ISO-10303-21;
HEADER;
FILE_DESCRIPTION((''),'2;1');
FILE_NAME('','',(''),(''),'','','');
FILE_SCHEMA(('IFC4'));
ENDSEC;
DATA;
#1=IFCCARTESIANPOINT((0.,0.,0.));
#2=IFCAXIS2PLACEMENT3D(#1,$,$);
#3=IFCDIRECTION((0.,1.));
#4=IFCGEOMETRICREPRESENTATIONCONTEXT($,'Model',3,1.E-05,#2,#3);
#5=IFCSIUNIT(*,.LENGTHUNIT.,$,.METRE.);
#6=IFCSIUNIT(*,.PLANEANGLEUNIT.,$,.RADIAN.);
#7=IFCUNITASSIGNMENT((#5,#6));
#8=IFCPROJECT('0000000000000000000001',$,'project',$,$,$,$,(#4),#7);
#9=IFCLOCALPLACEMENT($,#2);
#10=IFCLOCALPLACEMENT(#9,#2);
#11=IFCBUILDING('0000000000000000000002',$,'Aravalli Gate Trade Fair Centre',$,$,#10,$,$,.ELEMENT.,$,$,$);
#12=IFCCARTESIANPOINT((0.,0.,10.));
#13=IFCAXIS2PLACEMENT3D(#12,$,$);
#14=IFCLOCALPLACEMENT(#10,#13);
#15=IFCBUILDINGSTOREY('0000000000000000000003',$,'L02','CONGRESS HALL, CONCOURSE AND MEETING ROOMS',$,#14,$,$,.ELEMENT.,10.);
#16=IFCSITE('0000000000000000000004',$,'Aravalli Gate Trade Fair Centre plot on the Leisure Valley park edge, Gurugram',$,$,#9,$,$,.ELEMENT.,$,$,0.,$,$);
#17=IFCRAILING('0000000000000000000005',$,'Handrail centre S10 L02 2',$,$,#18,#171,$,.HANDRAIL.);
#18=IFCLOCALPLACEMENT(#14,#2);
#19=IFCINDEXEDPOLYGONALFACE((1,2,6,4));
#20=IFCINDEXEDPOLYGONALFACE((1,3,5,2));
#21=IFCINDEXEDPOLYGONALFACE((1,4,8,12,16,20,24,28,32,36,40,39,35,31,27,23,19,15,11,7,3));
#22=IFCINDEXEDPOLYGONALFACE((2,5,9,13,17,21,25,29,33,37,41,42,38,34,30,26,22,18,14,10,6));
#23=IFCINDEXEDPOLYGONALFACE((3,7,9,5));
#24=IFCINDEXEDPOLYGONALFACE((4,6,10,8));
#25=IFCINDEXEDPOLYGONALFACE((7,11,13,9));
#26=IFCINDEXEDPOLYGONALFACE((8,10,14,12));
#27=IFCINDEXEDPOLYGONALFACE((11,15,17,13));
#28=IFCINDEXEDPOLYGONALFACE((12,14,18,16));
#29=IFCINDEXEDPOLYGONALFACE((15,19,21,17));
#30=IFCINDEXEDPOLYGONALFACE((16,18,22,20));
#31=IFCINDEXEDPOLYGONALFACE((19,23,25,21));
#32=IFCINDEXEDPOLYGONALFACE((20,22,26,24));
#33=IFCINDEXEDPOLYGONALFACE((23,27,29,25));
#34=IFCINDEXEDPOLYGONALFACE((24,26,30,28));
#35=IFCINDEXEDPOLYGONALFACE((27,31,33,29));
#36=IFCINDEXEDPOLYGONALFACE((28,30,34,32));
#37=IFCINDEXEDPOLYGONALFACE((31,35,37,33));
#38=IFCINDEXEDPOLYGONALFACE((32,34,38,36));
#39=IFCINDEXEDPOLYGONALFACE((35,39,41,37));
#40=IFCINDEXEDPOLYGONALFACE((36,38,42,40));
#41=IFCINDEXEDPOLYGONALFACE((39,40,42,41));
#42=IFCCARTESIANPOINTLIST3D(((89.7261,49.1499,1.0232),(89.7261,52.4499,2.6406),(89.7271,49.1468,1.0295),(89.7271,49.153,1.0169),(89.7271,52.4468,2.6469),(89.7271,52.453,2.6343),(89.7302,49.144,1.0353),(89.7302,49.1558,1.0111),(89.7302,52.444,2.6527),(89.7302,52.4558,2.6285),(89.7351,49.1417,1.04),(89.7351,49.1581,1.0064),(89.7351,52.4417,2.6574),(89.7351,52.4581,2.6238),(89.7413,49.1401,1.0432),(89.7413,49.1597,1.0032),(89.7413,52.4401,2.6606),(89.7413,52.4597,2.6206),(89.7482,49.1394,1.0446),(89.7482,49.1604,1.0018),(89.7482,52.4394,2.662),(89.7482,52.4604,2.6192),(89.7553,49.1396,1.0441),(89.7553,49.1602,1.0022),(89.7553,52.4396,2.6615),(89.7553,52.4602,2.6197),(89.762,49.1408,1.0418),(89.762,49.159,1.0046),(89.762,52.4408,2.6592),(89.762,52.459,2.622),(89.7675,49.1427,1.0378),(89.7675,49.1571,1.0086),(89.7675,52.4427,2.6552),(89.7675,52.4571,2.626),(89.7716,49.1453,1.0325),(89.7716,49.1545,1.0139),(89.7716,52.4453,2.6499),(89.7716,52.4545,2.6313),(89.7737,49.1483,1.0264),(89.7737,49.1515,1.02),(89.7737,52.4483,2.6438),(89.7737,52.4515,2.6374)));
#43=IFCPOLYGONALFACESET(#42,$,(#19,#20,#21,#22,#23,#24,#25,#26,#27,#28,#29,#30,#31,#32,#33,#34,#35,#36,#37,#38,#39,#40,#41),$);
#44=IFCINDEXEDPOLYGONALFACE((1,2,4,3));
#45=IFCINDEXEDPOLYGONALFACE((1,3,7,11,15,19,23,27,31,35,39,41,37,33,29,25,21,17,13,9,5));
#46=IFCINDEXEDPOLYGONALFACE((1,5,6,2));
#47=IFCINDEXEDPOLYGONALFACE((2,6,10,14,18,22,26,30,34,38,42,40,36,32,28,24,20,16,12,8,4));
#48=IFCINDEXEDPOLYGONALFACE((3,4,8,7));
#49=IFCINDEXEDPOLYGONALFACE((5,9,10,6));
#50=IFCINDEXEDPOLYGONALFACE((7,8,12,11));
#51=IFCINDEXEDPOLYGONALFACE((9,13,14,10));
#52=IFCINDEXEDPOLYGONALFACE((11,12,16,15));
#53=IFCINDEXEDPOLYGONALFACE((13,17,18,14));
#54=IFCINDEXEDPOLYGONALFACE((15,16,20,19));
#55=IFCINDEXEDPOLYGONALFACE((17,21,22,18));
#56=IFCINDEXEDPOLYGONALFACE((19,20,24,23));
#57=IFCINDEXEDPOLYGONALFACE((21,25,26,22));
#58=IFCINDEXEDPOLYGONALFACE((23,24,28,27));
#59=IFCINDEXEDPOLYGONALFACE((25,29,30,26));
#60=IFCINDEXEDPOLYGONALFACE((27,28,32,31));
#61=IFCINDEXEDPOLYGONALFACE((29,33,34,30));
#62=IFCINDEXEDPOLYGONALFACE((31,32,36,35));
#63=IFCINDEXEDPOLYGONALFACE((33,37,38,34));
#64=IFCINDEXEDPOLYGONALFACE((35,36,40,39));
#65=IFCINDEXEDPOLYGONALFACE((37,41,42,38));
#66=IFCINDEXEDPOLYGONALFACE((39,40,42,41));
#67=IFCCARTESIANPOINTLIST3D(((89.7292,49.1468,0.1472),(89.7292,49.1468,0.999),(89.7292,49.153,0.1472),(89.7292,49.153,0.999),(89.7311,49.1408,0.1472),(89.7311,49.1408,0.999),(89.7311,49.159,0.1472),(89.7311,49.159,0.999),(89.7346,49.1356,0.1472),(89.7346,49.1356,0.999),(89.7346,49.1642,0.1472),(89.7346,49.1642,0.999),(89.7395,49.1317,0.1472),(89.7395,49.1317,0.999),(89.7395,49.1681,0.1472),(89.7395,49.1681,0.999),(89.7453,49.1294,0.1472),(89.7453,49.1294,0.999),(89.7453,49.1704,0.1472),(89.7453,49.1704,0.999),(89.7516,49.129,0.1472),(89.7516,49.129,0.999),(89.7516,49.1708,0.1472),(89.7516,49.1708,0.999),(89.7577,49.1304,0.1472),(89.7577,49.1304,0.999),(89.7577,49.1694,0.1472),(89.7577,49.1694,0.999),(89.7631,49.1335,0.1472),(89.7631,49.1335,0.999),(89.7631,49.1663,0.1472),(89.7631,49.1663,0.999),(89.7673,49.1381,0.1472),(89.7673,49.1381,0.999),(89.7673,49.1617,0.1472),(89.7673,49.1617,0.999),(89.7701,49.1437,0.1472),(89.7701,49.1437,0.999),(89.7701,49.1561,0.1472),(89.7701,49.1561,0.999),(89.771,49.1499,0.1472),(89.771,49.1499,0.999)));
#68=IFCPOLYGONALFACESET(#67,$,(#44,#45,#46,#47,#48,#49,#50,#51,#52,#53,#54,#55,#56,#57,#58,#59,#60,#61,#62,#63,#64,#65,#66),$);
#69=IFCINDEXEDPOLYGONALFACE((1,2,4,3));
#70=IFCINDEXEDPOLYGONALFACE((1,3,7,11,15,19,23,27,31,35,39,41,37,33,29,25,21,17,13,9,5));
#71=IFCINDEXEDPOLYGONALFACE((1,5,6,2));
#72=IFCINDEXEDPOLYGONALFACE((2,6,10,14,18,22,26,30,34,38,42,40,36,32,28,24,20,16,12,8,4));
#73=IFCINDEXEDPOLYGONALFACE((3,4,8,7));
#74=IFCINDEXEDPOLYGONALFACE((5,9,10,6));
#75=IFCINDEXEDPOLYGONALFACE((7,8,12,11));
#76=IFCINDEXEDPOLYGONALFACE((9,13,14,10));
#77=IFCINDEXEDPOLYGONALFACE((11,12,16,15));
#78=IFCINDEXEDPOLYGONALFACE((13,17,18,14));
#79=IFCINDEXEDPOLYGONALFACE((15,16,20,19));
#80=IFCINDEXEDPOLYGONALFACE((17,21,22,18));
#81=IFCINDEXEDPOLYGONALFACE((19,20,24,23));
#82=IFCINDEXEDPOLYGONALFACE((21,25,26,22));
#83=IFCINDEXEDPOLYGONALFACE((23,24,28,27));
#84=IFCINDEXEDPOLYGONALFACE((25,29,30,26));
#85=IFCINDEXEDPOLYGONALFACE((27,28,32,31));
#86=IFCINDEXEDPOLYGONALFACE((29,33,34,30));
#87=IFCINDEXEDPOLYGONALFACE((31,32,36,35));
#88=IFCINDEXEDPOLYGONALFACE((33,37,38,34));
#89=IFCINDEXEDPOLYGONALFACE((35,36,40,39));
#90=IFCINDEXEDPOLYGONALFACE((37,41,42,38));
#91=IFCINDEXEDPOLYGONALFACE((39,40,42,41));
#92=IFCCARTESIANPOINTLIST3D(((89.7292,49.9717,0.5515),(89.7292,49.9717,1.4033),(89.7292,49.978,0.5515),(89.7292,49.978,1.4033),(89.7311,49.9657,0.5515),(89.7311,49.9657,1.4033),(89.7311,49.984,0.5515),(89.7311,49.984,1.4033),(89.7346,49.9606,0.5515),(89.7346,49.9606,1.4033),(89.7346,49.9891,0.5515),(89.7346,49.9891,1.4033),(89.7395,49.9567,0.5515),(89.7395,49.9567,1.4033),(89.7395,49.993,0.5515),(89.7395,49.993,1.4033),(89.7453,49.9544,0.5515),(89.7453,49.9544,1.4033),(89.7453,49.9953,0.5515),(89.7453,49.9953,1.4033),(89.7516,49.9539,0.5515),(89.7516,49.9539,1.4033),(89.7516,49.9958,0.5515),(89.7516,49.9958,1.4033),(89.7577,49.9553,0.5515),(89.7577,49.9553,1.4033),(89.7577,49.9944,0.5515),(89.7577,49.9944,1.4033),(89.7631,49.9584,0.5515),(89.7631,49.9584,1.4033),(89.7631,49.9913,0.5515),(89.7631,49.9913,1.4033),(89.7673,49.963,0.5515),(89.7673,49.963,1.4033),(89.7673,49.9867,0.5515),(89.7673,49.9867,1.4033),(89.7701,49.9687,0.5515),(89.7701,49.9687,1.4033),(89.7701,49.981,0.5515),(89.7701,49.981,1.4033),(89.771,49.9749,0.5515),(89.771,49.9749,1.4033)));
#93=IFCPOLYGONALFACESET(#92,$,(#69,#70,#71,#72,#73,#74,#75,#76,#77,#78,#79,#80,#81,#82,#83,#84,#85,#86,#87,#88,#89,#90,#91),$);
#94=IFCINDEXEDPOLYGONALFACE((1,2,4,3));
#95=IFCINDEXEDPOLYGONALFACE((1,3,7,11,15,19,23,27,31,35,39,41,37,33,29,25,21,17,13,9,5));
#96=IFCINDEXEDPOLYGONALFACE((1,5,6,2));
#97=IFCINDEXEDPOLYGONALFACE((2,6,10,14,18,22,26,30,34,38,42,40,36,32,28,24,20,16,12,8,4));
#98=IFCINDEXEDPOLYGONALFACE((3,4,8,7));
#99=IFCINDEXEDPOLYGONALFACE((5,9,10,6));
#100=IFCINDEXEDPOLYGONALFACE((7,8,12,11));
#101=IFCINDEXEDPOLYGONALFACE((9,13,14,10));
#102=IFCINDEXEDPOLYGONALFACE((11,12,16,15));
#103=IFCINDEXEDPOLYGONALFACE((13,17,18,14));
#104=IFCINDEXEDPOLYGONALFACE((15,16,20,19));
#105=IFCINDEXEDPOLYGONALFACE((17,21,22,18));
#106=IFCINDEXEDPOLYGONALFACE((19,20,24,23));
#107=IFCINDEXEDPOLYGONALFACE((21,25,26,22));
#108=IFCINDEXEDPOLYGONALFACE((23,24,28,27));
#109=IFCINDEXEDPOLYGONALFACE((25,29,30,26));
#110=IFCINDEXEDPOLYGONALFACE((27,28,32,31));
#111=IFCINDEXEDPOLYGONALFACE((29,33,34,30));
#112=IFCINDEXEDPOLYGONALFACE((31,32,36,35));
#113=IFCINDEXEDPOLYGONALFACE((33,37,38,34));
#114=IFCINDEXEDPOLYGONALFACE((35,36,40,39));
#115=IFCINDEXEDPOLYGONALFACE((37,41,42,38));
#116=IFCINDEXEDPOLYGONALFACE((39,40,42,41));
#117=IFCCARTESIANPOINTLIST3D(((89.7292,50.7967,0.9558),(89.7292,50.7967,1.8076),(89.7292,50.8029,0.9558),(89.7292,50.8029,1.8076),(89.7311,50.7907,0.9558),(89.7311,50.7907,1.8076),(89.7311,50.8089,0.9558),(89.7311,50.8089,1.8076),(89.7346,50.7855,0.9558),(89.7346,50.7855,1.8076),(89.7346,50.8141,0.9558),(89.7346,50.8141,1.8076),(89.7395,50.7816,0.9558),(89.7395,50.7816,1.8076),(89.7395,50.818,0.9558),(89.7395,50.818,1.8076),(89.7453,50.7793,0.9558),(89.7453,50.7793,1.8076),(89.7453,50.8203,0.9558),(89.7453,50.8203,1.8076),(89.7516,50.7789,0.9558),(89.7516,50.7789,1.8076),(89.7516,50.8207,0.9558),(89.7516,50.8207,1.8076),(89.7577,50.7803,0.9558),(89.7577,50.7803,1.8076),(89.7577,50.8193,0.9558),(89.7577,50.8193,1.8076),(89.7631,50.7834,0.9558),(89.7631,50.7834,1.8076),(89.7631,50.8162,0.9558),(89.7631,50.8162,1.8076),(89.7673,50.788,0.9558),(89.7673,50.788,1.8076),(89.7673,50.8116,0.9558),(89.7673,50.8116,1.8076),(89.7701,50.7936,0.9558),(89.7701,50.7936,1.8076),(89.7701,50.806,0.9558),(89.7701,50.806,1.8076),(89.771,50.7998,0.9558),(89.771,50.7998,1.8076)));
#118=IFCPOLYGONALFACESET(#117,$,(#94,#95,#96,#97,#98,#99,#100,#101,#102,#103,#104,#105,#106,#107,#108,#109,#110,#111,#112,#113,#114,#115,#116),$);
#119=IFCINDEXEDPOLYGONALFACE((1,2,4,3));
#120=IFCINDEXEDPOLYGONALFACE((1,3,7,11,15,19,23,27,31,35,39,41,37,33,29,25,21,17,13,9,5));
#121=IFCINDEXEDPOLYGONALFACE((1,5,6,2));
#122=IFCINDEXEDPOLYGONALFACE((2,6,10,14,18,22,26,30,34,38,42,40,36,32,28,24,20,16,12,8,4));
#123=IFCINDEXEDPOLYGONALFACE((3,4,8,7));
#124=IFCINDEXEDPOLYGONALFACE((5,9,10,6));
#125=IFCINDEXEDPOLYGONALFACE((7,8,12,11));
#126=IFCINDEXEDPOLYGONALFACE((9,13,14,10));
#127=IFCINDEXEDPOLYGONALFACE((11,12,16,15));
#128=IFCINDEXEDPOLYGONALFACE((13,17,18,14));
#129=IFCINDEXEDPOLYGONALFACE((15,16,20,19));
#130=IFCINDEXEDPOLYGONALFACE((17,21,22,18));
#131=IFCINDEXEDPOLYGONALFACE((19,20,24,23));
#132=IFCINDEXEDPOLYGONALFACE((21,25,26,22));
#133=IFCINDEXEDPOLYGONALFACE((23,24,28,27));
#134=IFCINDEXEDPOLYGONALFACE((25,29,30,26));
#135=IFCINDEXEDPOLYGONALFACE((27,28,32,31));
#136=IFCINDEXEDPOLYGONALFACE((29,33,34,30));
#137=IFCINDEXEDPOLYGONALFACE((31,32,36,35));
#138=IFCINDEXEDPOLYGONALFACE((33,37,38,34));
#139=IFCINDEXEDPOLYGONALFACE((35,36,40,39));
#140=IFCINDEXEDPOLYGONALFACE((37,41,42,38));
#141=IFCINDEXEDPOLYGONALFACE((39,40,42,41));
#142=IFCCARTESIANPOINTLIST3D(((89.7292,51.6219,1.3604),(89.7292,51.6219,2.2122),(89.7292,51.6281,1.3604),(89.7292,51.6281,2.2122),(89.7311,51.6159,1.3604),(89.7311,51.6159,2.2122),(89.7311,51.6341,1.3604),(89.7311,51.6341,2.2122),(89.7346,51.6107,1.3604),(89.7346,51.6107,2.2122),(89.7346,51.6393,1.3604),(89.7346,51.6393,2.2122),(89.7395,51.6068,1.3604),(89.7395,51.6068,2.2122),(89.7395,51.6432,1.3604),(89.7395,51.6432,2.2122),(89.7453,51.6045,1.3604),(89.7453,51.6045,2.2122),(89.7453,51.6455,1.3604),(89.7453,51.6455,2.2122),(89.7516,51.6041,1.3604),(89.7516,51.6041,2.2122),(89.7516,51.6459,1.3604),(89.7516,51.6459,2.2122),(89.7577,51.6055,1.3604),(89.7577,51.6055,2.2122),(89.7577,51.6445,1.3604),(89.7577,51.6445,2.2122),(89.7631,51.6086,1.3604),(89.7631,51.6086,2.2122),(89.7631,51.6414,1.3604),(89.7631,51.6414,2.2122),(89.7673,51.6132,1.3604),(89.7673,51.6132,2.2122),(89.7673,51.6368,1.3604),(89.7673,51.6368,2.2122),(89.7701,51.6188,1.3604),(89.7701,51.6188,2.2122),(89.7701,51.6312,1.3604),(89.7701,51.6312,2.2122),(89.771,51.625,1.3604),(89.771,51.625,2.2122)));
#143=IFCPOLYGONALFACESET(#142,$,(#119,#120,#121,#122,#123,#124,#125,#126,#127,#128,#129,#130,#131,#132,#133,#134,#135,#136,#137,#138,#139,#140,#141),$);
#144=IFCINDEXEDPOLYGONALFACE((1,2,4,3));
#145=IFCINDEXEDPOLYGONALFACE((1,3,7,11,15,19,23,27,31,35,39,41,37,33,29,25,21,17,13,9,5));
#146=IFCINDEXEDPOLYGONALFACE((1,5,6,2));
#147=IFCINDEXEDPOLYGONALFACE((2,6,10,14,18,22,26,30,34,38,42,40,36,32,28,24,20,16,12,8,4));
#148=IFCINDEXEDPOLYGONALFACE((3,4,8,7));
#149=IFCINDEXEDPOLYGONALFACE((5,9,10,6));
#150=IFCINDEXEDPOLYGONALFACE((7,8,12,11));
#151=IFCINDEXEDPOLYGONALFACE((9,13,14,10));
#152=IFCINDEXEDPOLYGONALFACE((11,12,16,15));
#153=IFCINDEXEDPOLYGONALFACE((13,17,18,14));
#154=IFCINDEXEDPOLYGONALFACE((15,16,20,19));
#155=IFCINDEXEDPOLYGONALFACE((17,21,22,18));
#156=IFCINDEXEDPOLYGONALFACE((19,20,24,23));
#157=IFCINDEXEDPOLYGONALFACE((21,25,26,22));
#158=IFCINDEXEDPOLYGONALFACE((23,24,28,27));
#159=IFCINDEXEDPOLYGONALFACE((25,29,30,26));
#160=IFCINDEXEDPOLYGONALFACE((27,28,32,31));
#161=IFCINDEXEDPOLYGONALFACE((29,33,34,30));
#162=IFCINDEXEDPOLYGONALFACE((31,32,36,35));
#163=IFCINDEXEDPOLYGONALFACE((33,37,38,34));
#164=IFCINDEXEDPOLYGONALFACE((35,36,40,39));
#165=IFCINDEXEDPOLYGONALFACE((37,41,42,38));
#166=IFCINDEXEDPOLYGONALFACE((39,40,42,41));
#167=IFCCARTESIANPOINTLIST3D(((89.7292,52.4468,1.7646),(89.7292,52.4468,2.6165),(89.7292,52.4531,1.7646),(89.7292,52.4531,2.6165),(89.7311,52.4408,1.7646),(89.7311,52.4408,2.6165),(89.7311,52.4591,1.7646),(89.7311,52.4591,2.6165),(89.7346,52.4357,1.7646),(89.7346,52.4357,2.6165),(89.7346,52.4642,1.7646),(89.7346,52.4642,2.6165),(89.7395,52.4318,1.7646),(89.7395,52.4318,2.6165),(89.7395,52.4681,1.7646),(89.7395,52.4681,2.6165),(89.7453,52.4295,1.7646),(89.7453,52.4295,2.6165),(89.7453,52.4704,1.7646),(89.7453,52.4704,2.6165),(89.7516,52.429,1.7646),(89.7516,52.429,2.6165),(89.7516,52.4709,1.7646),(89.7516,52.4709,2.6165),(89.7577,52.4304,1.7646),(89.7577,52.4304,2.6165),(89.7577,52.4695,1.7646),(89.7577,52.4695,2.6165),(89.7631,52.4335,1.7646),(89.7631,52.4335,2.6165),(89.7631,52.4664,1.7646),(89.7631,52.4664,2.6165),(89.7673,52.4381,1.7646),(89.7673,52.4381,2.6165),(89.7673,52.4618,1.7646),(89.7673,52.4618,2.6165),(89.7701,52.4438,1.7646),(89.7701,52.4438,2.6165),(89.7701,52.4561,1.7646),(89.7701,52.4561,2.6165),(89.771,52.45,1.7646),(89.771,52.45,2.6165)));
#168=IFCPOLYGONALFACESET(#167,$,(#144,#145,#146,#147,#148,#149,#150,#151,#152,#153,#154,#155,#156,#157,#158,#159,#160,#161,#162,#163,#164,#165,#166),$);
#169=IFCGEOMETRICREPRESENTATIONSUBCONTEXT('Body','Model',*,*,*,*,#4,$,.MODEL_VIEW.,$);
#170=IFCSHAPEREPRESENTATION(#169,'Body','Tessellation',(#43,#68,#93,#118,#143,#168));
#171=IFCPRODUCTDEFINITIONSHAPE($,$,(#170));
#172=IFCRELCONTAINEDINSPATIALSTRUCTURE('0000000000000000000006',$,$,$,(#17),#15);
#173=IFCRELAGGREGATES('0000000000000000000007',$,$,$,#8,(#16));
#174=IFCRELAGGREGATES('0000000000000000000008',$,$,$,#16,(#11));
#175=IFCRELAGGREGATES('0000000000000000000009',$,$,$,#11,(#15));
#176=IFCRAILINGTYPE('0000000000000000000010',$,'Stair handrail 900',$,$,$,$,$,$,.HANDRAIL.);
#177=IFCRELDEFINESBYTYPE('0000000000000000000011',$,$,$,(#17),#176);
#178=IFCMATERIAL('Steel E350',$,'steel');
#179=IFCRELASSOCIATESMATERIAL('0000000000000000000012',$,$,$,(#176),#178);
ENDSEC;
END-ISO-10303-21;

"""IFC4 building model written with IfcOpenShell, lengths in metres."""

from ifc_helpers import new_model, si_unit, direction, frame, origin, origin_2d, place, context, subcontext, project, spatial, circle, extrude, material, type_object, element, save


model = new_model("IFC4")

# Units and contexts
model_context = context("Model", 3, precision=1e-05, world=origin(), true_north=direction((0.0, 1.0)))
body_context = subcontext(model_context, "Body", "Model", "MODEL_VIEW")
ifc_project = project(units=[si_unit("LENGTHUNIT", "METRE"), si_unit("PLANEANGLEUNIT", "RADIAN")], contexts=[model_context])

# Site, building, storey
site_placement = place(None, origin())
site = spatial("IfcSite", under=ifc_project, at=site_placement, Name="Aravalli Gate Trade Fair Centre plot on the Leisure Valley park edge, Gurugram", CompositionType="ELEMENT", RefElevation=0.0)
building_placement = place(site_placement, origin())
building = spatial("IfcBuilding", under=site, at=building_placement, Name="Aravalli Gate Trade Fair Centre", CompositionType="ELEMENT")
storey_placement = place(building_placement, frame((0.0, 0.0, 10.0)))
storey = spatial("IfcBuildingStorey", under=building, at=storey_placement, Name="L02", Description="CONGRESS HALL, CONCOURSE AND MEETING ROOMS", CompositionType="ELEMENT", Elevation=10.0)

# Shared definitions
ifc_material_1 = material(Name="Steel E350", Category="steel")

# Railing
railing_type = type_object("IfcRailingType", Name="Stair handrail 900", PredefinedType="HANDRAIL", material=ifc_material_1)
railing_placement = place(storey_placement, frame((89.75, 49.1499, 0.1472)))
element("IfcRailing", 1, at=railing_placement, inside=storey, type_object=railing_type, Name="Handrail centre S10 L02 2", PredefinedType="HANDRAIL", context=body_context, shape_type="SweptSolid", body=[
    extrude(circle(Radius=0.0239, at=origin_2d()), frame((0.0, 0.0, 0.876), z_axis=(0.0, 0.897946, 0.440105), x_axis=(-1.0, 0.0, 0.0)), (0.0, 0.0, 1.0), 3.675),
    extrude(circle(Radius=0.021, at=origin_2d()), origin(), (0.0, 0.0, 1.0), 0.8518),
    extrude(circle(Radius=0.021, at=origin_2d()), frame((0.0, 0.825, 0.4043)), (0.0, 0.0, 1.0), 0.8518),
    extrude(circle(Radius=0.021, at=origin_2d()), frame((0.0, 1.6499, 0.8086)), (0.0, 0.0, 1.0), 0.8518),
    extrude(circle(Radius=0.021, at=origin_2d()), frame((0.0, 2.4751, 1.2131)), (0.0, 0.0, 1.0), 0.8518),
    extrude(circle(Radius=0.021, at=origin_2d()), frame((0.0, 3.3, 1.6174)), (0.0, 0.0, 1.0), 0.8518),
])

save(model, "model.ifc")
